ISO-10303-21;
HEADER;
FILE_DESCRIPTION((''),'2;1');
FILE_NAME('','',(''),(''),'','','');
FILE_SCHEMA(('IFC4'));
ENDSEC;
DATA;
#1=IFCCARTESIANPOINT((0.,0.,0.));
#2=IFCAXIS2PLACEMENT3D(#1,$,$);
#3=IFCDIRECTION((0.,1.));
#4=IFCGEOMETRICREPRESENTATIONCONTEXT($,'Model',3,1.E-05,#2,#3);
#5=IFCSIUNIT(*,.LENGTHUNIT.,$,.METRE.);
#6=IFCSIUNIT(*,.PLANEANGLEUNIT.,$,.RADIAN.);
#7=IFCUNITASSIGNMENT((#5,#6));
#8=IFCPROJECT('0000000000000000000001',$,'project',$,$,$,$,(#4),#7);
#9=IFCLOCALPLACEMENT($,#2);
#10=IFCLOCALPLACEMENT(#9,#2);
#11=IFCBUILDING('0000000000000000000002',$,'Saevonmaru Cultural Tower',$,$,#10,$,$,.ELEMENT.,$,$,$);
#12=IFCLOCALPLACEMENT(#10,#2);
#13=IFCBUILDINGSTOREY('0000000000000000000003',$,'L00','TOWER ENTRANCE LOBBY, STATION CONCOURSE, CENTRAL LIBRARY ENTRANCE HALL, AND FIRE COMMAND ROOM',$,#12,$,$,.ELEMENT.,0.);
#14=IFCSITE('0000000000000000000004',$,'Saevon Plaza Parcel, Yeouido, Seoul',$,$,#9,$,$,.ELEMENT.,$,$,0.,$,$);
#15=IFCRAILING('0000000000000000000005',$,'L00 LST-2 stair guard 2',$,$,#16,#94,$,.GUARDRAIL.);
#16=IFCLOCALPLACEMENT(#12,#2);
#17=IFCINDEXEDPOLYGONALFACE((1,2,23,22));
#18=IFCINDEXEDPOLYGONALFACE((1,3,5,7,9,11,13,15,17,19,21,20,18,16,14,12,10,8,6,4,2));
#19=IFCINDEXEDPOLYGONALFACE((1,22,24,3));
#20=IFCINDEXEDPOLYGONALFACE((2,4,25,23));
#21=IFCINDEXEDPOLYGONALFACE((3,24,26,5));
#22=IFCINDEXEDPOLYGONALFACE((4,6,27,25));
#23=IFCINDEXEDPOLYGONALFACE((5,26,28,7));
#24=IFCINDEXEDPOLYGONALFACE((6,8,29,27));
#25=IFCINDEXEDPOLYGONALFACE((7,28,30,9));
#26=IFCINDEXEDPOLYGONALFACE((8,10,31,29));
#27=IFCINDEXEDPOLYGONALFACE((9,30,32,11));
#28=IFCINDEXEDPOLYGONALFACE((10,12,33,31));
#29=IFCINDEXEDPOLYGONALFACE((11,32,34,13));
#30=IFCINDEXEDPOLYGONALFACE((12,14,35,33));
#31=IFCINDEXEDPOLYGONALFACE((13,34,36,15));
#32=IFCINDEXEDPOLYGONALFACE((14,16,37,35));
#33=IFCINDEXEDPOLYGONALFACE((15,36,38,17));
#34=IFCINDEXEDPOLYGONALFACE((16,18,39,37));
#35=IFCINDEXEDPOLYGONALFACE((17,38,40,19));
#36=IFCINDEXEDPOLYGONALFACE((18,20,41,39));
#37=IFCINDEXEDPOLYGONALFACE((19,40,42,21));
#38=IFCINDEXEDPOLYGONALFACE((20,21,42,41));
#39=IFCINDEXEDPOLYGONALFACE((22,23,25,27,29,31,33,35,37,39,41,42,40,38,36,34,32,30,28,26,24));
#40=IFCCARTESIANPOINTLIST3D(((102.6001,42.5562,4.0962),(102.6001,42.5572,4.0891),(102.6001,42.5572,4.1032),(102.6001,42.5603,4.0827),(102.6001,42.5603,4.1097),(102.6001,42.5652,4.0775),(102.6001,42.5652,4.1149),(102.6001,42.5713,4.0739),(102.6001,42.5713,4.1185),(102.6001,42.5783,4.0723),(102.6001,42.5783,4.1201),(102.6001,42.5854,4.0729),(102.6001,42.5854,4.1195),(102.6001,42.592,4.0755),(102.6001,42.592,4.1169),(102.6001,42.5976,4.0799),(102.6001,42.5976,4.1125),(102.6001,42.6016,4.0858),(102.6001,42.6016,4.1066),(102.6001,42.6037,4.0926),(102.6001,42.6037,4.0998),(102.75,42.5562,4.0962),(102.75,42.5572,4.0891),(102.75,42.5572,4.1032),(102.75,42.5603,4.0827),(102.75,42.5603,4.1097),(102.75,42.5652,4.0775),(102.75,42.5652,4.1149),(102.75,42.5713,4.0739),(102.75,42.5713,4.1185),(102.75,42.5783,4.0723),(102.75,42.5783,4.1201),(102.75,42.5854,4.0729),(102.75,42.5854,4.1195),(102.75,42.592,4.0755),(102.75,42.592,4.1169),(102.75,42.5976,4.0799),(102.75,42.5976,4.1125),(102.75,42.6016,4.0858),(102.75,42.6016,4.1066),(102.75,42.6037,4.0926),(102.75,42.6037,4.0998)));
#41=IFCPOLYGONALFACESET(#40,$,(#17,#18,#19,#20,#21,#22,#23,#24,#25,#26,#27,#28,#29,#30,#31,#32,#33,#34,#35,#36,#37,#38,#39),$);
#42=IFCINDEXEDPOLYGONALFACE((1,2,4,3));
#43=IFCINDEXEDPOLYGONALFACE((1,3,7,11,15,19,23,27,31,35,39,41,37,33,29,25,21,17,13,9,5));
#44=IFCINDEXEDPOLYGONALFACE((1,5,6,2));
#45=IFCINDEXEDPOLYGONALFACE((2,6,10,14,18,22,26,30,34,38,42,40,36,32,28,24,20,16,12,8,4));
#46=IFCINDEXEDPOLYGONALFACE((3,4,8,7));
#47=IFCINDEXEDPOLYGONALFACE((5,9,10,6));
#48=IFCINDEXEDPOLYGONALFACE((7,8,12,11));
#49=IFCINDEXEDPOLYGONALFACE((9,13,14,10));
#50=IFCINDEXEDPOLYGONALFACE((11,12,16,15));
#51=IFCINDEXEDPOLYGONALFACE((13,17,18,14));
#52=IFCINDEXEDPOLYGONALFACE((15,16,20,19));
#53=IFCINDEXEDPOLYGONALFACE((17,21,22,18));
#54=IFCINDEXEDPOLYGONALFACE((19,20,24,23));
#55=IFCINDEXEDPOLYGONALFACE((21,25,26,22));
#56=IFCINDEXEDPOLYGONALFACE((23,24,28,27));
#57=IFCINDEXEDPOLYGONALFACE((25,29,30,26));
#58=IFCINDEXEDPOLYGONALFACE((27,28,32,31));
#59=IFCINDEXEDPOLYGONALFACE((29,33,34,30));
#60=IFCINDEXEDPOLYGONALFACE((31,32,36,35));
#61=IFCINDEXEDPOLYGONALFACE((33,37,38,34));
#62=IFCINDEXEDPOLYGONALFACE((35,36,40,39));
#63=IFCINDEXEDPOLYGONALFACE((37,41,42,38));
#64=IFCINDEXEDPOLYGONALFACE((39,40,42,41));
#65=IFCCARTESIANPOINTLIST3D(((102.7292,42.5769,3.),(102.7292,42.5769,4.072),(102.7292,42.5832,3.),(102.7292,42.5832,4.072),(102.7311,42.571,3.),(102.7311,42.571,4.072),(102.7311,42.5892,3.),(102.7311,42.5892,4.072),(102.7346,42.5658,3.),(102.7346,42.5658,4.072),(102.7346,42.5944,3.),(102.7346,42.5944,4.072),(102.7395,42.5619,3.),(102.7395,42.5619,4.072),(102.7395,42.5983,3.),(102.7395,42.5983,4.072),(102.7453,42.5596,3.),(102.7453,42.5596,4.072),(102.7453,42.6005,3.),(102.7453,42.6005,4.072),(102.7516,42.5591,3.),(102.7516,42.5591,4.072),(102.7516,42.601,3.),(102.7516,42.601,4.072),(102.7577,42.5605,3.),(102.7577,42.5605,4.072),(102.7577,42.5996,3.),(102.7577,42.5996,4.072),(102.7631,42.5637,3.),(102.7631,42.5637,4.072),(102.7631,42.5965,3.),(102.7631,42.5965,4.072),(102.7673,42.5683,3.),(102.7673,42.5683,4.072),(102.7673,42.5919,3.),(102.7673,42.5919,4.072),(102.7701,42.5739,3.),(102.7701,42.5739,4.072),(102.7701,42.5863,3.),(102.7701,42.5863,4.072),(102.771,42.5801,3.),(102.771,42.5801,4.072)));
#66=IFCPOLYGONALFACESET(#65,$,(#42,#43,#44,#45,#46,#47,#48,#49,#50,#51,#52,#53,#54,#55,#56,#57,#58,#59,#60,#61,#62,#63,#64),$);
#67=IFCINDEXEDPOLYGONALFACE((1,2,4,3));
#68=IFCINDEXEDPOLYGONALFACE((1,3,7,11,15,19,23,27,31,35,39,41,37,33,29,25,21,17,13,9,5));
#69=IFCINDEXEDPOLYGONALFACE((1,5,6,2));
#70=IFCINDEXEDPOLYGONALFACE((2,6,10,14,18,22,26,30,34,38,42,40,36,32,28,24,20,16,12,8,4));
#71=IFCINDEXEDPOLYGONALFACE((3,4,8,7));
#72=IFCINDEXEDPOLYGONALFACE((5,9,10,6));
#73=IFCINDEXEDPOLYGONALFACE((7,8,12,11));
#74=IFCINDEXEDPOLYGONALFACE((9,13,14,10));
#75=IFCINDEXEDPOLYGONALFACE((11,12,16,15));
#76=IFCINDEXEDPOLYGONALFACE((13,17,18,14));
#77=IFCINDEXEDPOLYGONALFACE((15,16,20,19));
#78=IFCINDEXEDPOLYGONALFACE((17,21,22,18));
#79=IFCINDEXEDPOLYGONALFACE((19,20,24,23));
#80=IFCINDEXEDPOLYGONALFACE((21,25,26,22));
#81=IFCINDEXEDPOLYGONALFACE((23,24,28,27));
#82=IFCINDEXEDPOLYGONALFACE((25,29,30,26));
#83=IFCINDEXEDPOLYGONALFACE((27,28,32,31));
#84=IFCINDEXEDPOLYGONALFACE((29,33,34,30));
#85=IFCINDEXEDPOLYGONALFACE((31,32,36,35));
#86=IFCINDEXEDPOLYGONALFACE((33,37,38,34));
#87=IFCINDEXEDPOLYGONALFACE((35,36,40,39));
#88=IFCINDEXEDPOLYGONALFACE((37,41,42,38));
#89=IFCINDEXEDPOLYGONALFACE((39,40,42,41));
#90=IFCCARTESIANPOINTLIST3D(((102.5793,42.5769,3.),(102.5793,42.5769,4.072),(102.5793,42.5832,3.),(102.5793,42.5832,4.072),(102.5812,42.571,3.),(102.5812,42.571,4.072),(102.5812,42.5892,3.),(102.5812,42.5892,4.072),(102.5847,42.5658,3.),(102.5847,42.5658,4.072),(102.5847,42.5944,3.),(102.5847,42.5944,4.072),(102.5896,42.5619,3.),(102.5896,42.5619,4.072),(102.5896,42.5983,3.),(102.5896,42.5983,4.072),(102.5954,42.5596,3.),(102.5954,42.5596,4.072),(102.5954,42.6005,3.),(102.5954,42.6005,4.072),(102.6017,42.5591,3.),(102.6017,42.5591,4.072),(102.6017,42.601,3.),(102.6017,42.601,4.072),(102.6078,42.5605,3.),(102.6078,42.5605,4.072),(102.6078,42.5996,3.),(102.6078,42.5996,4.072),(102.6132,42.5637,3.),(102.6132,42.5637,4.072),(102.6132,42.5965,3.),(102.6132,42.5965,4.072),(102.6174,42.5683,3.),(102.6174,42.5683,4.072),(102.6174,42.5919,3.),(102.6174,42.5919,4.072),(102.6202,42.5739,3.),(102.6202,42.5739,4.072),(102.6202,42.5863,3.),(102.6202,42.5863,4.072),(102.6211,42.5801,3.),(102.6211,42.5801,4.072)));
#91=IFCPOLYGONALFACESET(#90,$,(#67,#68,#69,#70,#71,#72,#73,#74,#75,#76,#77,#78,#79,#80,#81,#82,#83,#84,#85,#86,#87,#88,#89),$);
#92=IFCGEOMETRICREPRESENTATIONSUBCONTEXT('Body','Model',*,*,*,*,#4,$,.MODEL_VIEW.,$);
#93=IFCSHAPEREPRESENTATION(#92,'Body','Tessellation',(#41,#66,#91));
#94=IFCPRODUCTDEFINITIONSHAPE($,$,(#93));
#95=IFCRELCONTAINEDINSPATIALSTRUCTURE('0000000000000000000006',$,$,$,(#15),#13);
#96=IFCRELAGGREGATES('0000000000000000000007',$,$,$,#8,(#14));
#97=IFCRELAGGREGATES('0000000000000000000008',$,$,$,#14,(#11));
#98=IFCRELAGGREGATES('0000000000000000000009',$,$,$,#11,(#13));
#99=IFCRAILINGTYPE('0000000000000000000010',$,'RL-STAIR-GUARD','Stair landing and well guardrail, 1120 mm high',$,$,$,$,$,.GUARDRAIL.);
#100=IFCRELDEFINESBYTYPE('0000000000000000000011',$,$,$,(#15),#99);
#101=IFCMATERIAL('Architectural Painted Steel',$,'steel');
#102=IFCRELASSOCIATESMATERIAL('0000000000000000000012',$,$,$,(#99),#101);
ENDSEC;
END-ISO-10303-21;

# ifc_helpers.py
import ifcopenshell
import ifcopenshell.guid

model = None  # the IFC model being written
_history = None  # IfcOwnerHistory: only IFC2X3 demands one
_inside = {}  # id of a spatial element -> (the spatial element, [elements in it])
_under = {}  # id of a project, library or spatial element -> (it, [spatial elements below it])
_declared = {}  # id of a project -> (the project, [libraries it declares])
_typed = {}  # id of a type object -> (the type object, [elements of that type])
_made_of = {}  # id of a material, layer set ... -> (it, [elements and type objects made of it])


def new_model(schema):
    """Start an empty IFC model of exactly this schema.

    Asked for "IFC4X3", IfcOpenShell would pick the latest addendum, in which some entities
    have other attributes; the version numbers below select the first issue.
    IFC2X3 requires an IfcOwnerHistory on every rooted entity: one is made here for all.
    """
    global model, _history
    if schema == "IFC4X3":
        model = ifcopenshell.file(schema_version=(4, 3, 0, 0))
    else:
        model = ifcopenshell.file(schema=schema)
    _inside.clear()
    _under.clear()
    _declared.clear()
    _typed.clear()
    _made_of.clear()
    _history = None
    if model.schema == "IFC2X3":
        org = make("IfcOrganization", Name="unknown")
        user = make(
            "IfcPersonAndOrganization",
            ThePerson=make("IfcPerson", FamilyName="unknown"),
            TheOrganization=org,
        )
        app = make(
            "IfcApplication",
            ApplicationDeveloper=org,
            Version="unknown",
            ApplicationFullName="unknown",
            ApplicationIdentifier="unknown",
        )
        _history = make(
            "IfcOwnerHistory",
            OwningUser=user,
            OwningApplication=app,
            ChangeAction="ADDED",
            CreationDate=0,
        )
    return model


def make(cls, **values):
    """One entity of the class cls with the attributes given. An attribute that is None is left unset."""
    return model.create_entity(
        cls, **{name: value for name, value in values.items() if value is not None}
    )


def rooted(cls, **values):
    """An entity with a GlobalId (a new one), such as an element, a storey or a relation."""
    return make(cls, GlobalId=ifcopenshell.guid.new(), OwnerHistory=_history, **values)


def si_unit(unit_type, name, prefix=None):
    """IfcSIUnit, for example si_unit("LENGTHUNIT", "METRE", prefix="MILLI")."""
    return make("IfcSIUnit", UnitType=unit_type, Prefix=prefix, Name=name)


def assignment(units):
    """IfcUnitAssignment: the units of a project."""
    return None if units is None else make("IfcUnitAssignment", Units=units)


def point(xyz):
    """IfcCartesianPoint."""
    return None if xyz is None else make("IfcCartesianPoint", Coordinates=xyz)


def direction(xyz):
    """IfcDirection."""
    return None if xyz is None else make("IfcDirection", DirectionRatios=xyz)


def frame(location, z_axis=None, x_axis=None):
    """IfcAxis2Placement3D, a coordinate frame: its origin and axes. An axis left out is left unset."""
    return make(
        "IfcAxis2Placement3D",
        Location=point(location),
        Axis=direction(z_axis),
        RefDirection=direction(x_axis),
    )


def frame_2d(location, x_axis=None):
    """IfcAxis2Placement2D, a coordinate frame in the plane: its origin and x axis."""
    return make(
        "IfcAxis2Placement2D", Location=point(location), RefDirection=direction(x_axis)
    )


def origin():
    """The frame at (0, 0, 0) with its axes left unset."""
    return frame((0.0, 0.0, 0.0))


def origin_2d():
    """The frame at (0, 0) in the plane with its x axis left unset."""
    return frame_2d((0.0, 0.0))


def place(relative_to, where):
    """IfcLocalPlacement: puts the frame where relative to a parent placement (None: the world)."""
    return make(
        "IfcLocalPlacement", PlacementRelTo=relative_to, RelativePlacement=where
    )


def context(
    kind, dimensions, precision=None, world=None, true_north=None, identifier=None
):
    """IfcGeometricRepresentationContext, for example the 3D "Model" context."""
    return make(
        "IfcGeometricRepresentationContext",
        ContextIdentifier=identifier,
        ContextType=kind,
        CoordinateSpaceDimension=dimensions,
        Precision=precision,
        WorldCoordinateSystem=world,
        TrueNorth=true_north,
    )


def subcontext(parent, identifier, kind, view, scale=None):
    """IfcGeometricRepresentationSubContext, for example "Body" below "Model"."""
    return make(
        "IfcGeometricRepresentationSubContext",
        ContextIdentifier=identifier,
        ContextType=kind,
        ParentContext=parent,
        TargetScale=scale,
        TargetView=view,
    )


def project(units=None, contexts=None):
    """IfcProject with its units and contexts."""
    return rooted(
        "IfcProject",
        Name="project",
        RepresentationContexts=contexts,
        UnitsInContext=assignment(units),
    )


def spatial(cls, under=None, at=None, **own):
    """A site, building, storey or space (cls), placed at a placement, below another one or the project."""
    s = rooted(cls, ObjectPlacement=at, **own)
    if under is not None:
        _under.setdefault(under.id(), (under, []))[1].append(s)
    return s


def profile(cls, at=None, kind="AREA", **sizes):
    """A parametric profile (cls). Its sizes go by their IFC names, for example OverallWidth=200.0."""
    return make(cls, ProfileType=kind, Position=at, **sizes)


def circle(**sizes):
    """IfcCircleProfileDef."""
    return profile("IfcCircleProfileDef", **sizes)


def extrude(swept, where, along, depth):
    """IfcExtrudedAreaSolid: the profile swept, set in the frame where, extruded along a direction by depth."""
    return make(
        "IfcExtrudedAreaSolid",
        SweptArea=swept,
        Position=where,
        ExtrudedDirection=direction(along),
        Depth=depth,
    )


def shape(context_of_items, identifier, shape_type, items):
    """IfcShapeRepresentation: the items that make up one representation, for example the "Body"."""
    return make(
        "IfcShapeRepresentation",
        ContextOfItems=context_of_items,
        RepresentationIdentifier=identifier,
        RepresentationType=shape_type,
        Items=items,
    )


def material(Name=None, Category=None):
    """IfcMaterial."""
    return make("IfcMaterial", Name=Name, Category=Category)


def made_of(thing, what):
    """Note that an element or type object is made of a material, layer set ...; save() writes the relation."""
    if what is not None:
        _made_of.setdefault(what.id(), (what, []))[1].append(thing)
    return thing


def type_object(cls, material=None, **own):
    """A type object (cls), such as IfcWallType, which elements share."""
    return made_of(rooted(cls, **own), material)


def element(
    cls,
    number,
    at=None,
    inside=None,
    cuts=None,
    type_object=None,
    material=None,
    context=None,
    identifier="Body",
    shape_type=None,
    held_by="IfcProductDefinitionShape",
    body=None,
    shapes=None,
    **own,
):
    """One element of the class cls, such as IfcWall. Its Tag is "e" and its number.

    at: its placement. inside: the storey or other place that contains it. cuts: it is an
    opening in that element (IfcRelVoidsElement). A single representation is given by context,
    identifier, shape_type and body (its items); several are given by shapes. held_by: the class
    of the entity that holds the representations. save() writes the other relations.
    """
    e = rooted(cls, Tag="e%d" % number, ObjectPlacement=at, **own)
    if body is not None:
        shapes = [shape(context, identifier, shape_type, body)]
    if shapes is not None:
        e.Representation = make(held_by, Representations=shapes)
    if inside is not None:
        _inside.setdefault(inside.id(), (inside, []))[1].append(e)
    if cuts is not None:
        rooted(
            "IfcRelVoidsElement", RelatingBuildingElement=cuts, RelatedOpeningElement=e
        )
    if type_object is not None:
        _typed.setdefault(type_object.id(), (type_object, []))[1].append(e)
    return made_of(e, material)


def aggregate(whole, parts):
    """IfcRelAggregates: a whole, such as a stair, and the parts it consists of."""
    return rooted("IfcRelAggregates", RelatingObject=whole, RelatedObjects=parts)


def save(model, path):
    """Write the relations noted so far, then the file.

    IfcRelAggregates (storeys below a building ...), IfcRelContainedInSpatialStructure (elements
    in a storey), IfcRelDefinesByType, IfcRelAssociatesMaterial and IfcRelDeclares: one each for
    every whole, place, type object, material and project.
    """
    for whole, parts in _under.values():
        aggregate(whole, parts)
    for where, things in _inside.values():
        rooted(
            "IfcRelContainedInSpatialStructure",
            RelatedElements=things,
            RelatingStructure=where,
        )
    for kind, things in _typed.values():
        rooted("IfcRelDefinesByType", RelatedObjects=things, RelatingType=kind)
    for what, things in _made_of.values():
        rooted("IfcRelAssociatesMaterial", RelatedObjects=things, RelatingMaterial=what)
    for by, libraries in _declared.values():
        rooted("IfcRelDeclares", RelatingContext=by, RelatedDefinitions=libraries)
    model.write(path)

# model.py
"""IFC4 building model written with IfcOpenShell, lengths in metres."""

from ifc_helpers import new_model, si_unit, direction, frame, origin, origin_2d, place, context, subcontext, project, spatial, circle, extrude, material, type_object, element, save


model = new_model("IFC4")

# Units and contexts
model_context = context("Model", 3, precision=1e-05, world=origin(), true_north=direction((0.0, 1.0)))
body_context = subcontext(model_context, "Body", "Model", "MODEL_VIEW")
ifc_project = project(units=[si_unit("LENGTHUNIT", "METRE"), si_unit("PLANEANGLEUNIT", "RADIAN")], contexts=[model_context])

# Site, building, storey
site_placement = place(None, origin())
site = spatial("IfcSite", under=ifc_project, at=site_placement, Name="Saevon Plaza Parcel, Yeouido, Seoul", CompositionType="ELEMENT", RefElevation=0.0)
building_placement = place(site_placement, origin())
building = spatial("IfcBuilding", under=site, at=building_placement, Name="Saevonmaru Cultural Tower", CompositionType="ELEMENT")
storey_placement = place(building_placement, origin())
storey = spatial("IfcBuildingStorey", under=building, at=storey_placement, Name="L00", Description="TOWER ENTRANCE LOBBY, STATION CONCOURSE, CENTRAL LIBRARY ENTRANCE HALL, AND FIRE COMMAND ROOM", CompositionType="ELEMENT", Elevation=0.0)

# Railing
ifc_material_1 = material(Name="Architectural Painted Steel", Category="steel")
railing_type_1 = type_object("IfcRailingType", Name="RL-STAIR-GUARD", Description="Stair landing and well guardrail, 1120 mm high", PredefinedType="GUARDRAIL", material=ifc_material_1)
railing_1_placement = place(storey_placement, frame((102.75, 42.5801, 3.0)))
element("IfcRailing", 1, at=railing_1_placement, inside=storey, type_object=railing_type_1, Name="L00 LST-2 stair guard 2", PredefinedType="GUARDRAIL", context=body_context, shape_type="SweptSolid", body=[
    extrude(circle(Radius=0.0239, at=origin_2d()), frame((0.0, 0.0, 1.0962), z_axis=(-1.0, 0.0, 0.0), x_axis=(0.0, -1.0, 0.0)), (0.0, 0.0, 1.0), 0.1499),
    extrude(circle(Radius=0.021, at=origin_2d()), origin(), (0.0, 0.0, 1.0), 1.072),
    extrude(circle(Radius=0.021, at=origin_2d()), frame((-0.1499, 0.0, 0.0)), (0.0, 0.0, 1.0), 1.072),
])

save(model, "model.ifc")
